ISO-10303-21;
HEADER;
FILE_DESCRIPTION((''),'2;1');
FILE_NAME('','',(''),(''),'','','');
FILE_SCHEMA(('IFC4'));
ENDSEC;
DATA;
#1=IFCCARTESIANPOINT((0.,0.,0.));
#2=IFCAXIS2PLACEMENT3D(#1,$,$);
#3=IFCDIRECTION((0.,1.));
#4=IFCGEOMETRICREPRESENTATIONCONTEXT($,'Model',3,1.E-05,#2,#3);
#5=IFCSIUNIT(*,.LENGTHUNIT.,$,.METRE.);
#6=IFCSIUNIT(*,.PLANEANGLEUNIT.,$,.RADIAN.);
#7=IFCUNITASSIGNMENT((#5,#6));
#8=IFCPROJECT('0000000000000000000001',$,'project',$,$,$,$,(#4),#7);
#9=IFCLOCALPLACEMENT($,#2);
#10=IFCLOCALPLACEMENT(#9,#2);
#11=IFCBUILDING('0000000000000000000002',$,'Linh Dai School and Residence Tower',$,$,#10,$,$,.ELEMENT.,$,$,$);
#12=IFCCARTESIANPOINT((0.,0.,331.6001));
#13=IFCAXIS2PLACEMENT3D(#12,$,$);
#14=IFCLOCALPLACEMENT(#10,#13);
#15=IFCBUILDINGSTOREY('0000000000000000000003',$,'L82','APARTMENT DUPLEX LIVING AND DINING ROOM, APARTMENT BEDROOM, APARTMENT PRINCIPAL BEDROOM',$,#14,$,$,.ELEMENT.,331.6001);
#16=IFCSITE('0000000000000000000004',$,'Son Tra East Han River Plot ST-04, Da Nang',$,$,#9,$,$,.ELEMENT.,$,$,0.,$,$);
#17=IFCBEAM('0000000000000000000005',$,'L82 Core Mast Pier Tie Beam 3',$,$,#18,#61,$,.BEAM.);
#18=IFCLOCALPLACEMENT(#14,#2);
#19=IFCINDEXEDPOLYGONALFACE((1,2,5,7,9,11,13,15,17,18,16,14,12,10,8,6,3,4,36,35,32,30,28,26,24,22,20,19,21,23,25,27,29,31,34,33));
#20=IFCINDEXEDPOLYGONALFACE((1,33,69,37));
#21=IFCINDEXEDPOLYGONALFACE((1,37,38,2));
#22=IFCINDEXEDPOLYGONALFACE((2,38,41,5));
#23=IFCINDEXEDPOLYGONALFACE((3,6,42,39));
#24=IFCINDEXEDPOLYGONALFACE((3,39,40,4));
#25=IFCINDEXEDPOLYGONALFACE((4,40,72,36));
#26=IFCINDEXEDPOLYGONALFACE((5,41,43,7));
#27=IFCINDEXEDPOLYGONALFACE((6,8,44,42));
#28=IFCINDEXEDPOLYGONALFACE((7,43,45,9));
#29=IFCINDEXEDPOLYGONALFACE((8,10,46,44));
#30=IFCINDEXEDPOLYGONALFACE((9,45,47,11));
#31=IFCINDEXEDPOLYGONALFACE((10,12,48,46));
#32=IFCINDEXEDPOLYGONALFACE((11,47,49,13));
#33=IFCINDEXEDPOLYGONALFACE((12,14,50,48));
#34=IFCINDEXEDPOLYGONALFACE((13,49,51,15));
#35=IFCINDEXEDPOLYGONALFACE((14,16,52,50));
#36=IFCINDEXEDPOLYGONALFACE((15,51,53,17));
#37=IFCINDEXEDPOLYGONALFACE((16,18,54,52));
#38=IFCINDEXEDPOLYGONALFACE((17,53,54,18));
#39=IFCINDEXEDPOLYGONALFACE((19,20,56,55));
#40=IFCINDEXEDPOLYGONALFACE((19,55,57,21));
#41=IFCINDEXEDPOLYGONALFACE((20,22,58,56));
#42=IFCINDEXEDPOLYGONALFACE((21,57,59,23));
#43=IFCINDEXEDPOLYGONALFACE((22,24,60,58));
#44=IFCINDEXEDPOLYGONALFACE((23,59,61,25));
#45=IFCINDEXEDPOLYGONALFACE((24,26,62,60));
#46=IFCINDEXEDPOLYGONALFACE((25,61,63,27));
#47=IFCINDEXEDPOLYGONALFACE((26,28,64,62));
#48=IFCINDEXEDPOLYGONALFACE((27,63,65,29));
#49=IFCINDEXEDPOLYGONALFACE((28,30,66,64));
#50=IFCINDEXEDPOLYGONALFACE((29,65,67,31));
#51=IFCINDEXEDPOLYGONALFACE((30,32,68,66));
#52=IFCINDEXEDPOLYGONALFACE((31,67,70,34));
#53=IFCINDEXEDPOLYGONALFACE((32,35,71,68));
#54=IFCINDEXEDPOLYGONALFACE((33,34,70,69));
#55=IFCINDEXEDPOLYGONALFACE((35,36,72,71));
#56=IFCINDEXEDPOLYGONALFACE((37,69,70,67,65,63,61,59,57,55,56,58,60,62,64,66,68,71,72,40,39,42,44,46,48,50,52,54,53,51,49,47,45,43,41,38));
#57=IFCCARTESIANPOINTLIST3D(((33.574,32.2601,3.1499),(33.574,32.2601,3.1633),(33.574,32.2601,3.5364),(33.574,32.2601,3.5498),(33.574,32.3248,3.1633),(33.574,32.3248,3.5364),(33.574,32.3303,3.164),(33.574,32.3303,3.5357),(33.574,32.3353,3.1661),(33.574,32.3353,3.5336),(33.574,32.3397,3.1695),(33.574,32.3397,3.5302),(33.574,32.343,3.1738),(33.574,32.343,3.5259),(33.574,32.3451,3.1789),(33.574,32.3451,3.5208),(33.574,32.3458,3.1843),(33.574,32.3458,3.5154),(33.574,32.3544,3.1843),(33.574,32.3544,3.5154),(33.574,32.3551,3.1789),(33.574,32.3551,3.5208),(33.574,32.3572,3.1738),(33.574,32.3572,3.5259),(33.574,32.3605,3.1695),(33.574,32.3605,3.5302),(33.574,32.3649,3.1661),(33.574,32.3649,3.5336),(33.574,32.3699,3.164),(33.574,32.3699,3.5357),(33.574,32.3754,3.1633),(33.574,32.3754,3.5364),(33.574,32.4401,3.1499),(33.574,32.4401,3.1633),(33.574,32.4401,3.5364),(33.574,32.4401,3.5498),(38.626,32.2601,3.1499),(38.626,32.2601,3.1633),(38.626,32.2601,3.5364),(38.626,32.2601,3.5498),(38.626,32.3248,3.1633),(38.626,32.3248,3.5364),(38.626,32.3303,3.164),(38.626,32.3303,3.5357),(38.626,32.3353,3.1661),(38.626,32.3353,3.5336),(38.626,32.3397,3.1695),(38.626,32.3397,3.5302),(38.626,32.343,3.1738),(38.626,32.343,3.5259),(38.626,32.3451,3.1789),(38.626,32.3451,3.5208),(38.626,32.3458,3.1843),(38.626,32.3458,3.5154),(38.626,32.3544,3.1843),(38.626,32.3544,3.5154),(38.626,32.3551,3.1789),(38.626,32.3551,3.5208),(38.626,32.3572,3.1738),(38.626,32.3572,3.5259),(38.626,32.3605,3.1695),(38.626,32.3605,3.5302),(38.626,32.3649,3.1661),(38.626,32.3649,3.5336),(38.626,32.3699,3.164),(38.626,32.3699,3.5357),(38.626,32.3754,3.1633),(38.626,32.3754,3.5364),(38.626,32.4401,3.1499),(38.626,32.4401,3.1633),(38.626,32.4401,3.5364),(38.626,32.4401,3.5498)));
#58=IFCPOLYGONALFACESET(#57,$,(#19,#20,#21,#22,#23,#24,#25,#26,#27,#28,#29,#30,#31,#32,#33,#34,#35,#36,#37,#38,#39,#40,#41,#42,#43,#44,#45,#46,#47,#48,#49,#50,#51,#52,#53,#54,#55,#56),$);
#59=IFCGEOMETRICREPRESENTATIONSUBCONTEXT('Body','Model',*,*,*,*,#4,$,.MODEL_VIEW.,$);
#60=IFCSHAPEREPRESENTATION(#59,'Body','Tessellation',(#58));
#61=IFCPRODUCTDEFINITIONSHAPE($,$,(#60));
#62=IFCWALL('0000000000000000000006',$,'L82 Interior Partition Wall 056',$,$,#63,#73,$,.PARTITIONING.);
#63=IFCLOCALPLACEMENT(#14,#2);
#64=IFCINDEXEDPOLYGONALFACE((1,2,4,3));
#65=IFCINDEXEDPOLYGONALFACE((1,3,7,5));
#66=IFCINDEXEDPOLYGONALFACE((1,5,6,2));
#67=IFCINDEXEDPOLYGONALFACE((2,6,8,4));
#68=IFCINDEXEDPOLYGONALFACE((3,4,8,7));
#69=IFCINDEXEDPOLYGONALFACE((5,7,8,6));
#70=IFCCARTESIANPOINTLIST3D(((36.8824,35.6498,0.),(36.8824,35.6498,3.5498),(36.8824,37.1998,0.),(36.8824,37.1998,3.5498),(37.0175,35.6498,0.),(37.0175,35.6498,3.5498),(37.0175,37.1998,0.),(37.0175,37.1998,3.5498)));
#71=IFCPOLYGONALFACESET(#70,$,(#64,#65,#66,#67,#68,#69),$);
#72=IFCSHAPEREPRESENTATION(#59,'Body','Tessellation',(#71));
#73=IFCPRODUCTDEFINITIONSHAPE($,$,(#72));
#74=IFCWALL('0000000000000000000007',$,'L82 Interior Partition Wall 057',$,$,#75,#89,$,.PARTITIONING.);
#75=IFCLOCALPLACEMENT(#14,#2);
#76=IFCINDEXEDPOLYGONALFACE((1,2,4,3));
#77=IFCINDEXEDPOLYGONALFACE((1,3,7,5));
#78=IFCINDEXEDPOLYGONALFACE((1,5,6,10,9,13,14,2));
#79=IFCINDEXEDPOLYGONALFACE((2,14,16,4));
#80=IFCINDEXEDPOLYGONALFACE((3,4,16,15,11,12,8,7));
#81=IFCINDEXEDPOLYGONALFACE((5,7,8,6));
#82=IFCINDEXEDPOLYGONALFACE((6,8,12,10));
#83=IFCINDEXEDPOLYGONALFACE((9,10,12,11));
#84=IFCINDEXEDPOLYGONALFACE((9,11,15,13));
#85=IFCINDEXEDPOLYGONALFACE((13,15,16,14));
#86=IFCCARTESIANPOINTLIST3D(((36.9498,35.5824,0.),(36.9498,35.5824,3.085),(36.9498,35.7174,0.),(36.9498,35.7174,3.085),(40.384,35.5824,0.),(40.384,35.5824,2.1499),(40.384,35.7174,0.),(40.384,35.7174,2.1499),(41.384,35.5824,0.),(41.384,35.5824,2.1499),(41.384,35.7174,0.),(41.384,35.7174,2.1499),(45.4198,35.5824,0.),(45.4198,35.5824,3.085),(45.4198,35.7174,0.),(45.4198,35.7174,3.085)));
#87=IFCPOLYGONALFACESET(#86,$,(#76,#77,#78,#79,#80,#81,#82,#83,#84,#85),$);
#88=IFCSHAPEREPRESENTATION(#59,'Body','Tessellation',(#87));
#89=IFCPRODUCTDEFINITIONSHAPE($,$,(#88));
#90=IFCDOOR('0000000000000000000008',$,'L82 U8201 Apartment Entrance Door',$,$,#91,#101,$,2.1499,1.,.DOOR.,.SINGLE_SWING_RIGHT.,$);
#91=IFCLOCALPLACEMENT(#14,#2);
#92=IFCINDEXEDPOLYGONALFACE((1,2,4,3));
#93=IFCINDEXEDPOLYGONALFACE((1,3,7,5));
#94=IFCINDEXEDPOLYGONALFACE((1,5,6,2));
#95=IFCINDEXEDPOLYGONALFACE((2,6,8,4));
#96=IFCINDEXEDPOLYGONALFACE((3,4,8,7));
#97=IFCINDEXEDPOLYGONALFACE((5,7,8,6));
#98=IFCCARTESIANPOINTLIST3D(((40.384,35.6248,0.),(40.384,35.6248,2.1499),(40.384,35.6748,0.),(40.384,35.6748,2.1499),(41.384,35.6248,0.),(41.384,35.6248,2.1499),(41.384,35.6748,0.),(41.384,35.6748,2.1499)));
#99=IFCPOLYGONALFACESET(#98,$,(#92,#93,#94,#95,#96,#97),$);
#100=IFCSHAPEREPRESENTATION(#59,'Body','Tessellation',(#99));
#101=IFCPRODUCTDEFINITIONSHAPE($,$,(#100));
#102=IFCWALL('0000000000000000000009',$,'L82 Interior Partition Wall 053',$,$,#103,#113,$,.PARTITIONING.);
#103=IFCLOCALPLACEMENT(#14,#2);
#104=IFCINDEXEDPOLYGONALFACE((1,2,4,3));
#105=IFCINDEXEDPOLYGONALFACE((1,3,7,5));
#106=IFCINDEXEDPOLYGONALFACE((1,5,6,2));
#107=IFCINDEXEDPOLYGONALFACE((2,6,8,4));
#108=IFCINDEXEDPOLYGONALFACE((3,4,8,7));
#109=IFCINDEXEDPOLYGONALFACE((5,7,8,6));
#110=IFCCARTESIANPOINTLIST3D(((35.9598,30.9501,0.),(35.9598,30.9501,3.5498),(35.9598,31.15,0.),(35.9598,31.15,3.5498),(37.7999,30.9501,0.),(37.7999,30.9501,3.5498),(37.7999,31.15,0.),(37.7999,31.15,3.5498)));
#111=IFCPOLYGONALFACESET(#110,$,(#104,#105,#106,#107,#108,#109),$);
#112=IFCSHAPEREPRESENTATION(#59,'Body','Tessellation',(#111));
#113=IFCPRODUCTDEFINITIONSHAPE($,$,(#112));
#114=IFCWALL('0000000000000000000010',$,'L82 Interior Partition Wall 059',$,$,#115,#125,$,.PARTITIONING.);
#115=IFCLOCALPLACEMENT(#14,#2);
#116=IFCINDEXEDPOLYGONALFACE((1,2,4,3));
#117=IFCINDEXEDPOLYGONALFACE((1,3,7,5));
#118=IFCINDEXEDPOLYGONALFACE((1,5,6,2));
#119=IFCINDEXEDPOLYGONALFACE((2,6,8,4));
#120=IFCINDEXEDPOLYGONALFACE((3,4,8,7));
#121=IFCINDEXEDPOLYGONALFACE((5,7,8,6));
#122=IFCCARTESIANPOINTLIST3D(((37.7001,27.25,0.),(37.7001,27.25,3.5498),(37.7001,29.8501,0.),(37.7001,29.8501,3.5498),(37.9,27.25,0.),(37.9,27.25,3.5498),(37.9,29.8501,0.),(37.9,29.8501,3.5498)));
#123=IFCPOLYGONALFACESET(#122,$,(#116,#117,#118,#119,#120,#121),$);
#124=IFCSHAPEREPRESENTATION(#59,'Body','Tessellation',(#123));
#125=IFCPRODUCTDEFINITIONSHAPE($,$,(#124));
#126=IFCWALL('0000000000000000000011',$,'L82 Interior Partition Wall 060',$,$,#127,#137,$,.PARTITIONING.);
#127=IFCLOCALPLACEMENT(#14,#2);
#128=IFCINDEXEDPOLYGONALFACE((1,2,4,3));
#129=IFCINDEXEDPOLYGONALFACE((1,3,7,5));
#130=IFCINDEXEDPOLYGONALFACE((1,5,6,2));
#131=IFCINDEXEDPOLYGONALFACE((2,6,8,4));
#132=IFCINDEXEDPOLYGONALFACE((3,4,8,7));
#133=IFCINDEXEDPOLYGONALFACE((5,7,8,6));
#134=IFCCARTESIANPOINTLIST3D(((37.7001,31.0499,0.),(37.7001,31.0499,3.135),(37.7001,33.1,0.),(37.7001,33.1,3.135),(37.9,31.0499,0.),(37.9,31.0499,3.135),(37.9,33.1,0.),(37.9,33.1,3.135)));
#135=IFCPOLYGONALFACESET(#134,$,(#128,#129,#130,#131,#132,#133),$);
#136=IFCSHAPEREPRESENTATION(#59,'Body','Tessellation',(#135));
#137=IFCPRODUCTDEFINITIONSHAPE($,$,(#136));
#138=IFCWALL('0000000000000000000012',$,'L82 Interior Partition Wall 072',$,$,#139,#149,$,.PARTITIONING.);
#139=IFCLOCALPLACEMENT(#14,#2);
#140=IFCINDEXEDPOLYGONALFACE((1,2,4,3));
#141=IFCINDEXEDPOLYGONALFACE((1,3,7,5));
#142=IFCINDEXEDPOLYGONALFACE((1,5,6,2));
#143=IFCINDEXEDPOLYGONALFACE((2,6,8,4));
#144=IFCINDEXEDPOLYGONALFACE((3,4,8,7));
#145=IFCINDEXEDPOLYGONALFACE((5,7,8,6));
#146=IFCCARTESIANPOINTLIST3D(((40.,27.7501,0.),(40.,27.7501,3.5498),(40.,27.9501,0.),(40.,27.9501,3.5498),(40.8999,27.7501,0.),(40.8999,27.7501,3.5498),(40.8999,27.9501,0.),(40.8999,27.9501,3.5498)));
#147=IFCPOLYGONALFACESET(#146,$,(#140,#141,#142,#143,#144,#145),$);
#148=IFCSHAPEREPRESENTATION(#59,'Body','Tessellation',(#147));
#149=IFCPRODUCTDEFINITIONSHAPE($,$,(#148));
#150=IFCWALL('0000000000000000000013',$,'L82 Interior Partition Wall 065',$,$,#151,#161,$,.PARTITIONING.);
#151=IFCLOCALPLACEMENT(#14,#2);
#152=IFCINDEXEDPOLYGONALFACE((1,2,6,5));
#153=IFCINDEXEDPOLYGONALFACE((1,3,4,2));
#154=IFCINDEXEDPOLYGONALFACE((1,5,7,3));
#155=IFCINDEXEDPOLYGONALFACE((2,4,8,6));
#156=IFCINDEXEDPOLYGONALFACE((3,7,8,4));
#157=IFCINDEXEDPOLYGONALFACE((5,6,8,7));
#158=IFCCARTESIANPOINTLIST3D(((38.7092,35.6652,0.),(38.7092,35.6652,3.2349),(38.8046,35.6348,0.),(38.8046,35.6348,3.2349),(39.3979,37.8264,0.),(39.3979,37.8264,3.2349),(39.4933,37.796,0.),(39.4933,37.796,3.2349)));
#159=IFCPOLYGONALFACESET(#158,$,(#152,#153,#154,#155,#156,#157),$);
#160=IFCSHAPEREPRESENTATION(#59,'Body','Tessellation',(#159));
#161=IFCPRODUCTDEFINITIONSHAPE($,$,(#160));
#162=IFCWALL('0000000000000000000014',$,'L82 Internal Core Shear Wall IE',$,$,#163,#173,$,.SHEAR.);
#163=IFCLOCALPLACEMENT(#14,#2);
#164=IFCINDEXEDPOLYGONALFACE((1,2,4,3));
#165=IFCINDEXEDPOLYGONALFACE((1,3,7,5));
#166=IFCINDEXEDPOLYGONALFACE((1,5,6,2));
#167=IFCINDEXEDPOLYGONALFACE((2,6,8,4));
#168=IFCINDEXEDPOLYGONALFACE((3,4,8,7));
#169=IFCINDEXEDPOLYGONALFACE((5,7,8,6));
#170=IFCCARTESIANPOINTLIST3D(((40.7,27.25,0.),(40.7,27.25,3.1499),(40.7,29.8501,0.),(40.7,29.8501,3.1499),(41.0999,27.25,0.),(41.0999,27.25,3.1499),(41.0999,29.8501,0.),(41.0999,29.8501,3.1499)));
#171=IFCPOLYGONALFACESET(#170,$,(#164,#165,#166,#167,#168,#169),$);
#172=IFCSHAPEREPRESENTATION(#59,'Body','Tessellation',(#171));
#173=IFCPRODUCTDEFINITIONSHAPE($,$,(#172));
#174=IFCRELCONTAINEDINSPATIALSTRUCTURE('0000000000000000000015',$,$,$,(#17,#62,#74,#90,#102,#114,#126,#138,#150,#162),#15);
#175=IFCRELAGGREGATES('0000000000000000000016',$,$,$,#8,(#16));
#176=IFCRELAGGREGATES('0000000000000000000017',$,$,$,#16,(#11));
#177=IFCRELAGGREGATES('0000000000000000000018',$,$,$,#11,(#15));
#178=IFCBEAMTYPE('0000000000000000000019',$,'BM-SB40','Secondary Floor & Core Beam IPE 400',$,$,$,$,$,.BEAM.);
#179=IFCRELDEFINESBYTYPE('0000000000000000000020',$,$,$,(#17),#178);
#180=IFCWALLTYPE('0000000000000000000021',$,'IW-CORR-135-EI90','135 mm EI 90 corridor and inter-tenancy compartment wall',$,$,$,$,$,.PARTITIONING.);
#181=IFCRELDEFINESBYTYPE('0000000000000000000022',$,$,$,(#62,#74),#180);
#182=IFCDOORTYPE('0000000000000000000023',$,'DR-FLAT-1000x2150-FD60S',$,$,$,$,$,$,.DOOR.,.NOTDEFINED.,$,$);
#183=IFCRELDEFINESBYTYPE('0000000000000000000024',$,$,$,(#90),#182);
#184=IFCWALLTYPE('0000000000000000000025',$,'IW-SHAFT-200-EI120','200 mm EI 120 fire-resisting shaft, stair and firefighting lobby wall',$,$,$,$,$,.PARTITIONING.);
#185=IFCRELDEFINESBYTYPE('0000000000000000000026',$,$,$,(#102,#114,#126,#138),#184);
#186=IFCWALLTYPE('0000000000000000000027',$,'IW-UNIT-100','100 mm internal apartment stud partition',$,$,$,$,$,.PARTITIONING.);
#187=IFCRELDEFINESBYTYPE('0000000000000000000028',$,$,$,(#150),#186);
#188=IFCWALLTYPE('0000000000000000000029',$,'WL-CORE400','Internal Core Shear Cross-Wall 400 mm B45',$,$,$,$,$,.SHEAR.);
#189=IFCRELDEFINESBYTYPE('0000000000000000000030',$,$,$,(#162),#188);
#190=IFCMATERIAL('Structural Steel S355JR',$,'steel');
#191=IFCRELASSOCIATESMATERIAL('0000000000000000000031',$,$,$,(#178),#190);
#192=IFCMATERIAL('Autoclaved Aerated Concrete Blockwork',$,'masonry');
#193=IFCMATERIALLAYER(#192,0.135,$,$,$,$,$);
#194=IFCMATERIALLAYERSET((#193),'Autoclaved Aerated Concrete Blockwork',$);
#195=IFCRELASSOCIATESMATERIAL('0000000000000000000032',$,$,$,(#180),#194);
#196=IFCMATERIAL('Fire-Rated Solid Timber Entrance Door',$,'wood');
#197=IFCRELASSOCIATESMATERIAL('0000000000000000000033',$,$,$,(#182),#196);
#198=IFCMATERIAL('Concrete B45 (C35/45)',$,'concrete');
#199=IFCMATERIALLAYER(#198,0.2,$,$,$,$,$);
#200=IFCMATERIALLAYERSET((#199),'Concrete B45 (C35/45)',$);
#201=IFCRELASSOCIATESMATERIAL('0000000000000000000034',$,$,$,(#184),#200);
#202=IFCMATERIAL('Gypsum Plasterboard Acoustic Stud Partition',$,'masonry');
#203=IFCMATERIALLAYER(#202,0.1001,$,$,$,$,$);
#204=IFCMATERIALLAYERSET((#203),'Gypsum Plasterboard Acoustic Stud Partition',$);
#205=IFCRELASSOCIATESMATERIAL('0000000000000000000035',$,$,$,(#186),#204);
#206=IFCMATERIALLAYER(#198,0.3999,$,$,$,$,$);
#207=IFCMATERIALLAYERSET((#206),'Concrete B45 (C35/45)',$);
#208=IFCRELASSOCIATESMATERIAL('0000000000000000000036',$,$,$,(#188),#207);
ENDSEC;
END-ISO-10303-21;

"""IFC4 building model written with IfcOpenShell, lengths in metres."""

from ifc_helpers import new_model, si_unit, direction, frame, frame_2d, origin, origin_2d, place, context, subcontext, project, spatial, rectangle, i_section, extrude, source, transform, mapped, material, layer, layer_set, material_profile, profile_set, type_object, element, fill, save


model = new_model("IFC4")

# Units and contexts
model_context = context("Model", 3, precision=1e-05, world=origin(), true_north=direction((0.0, 1.0)))
body_context = subcontext(model_context, "Body", "Model", "MODEL_VIEW")
ifc_project = project(units=[si_unit("LENGTHUNIT", "METRE"), si_unit("PLANEANGLEUNIT", "RADIAN")], contexts=[model_context])

# Site, building, storey
site_placement = place(None, origin())
site = spatial("IfcSite", under=ifc_project, at=site_placement, Name="Son Tra East Han River Plot ST-04, Da Nang", CompositionType="ELEMENT", RefElevation=0.0)
building_placement = place(site_placement, origin())
building = spatial("IfcBuilding", under=site, at=building_placement, Name="Linh Dai School and Residence Tower", CompositionType="ELEMENT")
storey_placement = place(building_placement, frame((0.0, 0.0, 331.6001)))
storey = spatial("IfcBuildingStorey", under=building, at=storey_placement, Name="L82", Description="APARTMENT DUPLEX LIVING AND DINING ROOM, APARTMENT BEDROOM, APARTMENT PRINCIPAL BEDROOM", CompositionType="ELEMENT", Elevation=331.6001)

# Shared definitions
ifc_material_1 = material(Name="Structural Steel S355JR", Category="steel")

# Beam
ifc_material_profile_1 = material_profile(ifc_material_1, i_section(OverallWidth=0.1799, OverallDepth=0.3999, WebThickness=0.0085, FlangeThickness=0.0134, FilletRadius=0.021, at=origin_2d()), Name="IPE 400")
ifc_profile_set_1 = profile_set([ifc_material_profile_1], Name="Structural Steel S355JR")
beam_type_1 = type_object("IfcBeamType", Name="BM-SB40", Description="Secondary Floor & Core Beam IPE 400", PredefinedType="BEAM", material=ifc_profile_set_1)
beam_1_placement = place(storey_placement, frame((38.626, 32.3501, 3.3499), z_axis=(-1.0, 0.0, 0.0), x_axis=(0.0, -1.0, 0.0)))
element("IfcBeam", 1, at=beam_1_placement, inside=storey, type_object=beam_type_1, Name="L82 Core Mast Pier Tie Beam 3", PredefinedType="BEAM", context=body_context, shape_type="SweptSolid", body=[
    extrude(i_section(OverallWidth=0.1799, OverallDepth=0.3999, WebThickness=0.0085, FlangeThickness=0.0134, FilletRadius=0.021, at=origin_2d()), origin(), (0.0, 0.0, 1.0), 5.052),
])

# Wall
ifc_material_2 = material(Name="Autoclaved Aerated Concrete Blockwork", Category="masonry")
ifc_layer_1 = layer(ifc_material_2, 0.135)
ifc_layer_set_1 = layer_set([ifc_layer_1], Name="Autoclaved Aerated Concrete Blockwork")
wall_type_1 = type_object("IfcWallType", Name="IW-CORR-135-EI90", Description="135 mm EI 90 corridor and inter-tenancy compartment wall", PredefinedType="PARTITIONING", material=ifc_layer_set_1)
wall_1_placement = place(storey_placement, frame((36.95, 35.6499, 0.0), z_axis=(0.0, 0.0, 1.0), x_axis=(0.0, 1.0, 0.0)))
element("IfcWall", 2, at=wall_1_placement, inside=storey, type_object=wall_type_1, Name="L82 Interior Partition Wall 056", PredefinedType="PARTITIONING", context=body_context, shape_type="SweptSolid", body=[
    extrude(rectangle(XDim=1.55, YDim=0.135, at=frame_2d((0.7749, 0.0))), origin(), (0.0, 0.0, 1.0), 3.5498),
])

# Wall, opening, door
wall_2_placement = place(storey_placement, frame((36.95, 35.6499, 0.0), z_axis=(0.0, 0.0, 1.0), x_axis=(1.0, 0.0, 0.0)))
wall_2 = element("IfcWall", 3, at=wall_2_placement, inside=storey, type_object=wall_type_1, Name="L82 Interior Partition Wall 057", PredefinedType="PARTITIONING", context=body_context, shape_type="SweptSolid", body=[
    extrude(rectangle(XDim=8.47, YDim=0.135, at=frame_2d((4.2349, 0.0))), origin(), (0.0, 0.0, 1.0), 3.085),
])
opening_placement = place(wall_2_placement, frame((3.4341, 0.0, 0.0)))
opening = element("IfcOpeningElement", 4, at=opening_placement, cuts=wall_2, PredefinedType="OPENING", context=body_context, shape_type="SweptSolid", body=[
    extrude(rectangle(XDim=1.0, YDim=2.1499, at=origin_2d()), frame((0.5, 0.0776, 1.075), z_axis=(0.0, -1.0, 0.0), x_axis=(1.0, 0.0, 0.0)), (0.0, 0.0, 1.0), 0.155),
])
ifc_material_3 = material(Name="Fire-Rated Solid Timber Entrance Door", Category="wood")
door_type = type_object("IfcDoorType", Name="DR-FLAT-1000x2150-FD60S", OperationType="NOTDEFINED", PredefinedType="DOOR", material=ifc_material_3)
shared_shape_1 = source(origin(), body_context, "Body", "SweptSolid", [
    extrude(rectangle(XDim=1.0, YDim=2.1499, at=origin_2d()), frame((0.5, 0.0249, 1.075), z_axis=(0.0, -1.0, 0.0), x_axis=(1.0, 0.0, 0.0)), (0.0, 0.0, 1.0), 0.05),
])
door_placement = place(opening_placement, origin())
door = element("IfcDoor", 5, at=door_placement, inside=storey, type_object=door_type, Name="L82 U8201 Apartment Entrance Door", OperationType="SINGLE_SWING_RIGHT", OverallHeight=2.1499, OverallWidth=1.0, PredefinedType="DOOR", context=body_context, shape_type="MappedRepresentation", body=[
    mapped(shared_shape_1, transform((0.0, 0.0, 0.0), x_axis=(1.0, 0.0, 0.0), y_axis=(0.0, 1.0, 0.0), z_axis=(0.0, 0.0, 1.0), scale=1.0)),
])
fill(opening, door)

# Walls
ifc_material_4 = material(Name="Concrete B45 (C35/45)", Category="concrete")
ifc_layer_2 = layer(ifc_material_4, 0.2)
ifc_layer_set_2 = layer_set([ifc_layer_2], Name="Concrete B45 (C35/45)")
wall_type_2 = type_object("IfcWallType", Name="IW-SHAFT-200-EI120", Description="200 mm EI 120 fire-resisting shaft, stair and firefighting lobby wall", PredefinedType="PARTITIONING", material=ifc_layer_set_2)
wall_3_placement = place(storey_placement, frame((35.96, 31.05, 0.0), z_axis=(0.0, 0.0, 1.0), x_axis=(1.0, 0.0, 0.0)))
element("IfcWall", 6, at=wall_3_placement, inside=storey, type_object=wall_type_2, Name="L82 Interior Partition Wall 053", PredefinedType="PARTITIONING", context=body_context, shape_type="SweptSolid", body=[
    extrude(rectangle(XDim=1.8401, YDim=0.2, at=frame_2d((0.9199, 0.0))), origin(), (0.0, 0.0, 1.0), 3.5498),
])
wall_4_placement = place(storey_placement, frame((37.8, 27.25, 0.0), z_axis=(0.0, 0.0, 1.0), x_axis=(0.0, 1.0, 0.0)))
element("IfcWall", 7, at=wall_4_placement, inside=storey, type_object=wall_type_2, Name="L82 Interior Partition Wall 059", PredefinedType="PARTITIONING", context=body_context, shape_type="SweptSolid", body=[
    extrude(rectangle(XDim=2.6001, YDim=0.2, at=frame_2d((1.3, 0.0))), origin(), (0.0, 0.0, 1.0), 3.5498),
])
wall_5_placement = place(storey_placement, frame((37.8, 31.05, 0.0), z_axis=(0.0, 0.0, 1.0), x_axis=(0.0, 1.0, 0.0)))
element("IfcWall", 8, at=wall_5_placement, inside=storey, type_object=wall_type_2, Name="L82 Interior Partition Wall 060", PredefinedType="PARTITIONING", context=body_context, shape_type="SweptSolid", body=[
    extrude(rectangle(XDim=2.05, YDim=0.2, at=frame_2d((1.0249, 0.0))), origin(), (0.0, 0.0, 1.0), 3.135),
])
wall_6_placement = place(storey_placement, frame((40.0, 27.8501, 0.0), z_axis=(0.0, 0.0, 1.0), x_axis=(1.0, 0.0, 0.0)))
element("IfcWall", 9, at=wall_6_placement, inside=storey, type_object=wall_type_2, Name="L82 Interior Partition Wall 072", PredefinedType="PARTITIONING", context=body_context, shape_type="SweptSolid", body=[
    extrude(rectangle(XDim=0.8999, YDim=0.2, at=frame_2d((0.45, 0.0))), origin(), (0.0, 0.0, 1.0), 3.5498),
])
ifc_material_5 = material(Name="Gypsum Plasterboard Acoustic Stud Partition", Category="masonry")
ifc_layer_3 = layer(ifc_material_5, 0.1001)
ifc_layer_set_3 = layer_set([ifc_layer_3], Name="Gypsum Plasterboard Acoustic Stud Partition")
wall_type_3 = type_object("IfcWallType", Name="IW-UNIT-100", Description="100 mm internal apartment stud partition", PredefinedType="PARTITIONING", material=ifc_layer_set_3)
wall_7_placement = place(storey_placement, frame((38.7568, 35.6499, 0.0), z_axis=(0.0, 0.0, 1.0), x_axis=(0.303639, 0.952787, 0.0)))
element("IfcWall", 10, at=wall_7_placement, inside=storey, type_object=wall_type_3, Name="L82 Interior Partition Wall 065", PredefinedType="PARTITIONING", context=body_context, shape_type="SweptSolid", body=[
    extrude(rectangle(XDim=2.2683, YDim=0.1001, at=frame_2d((1.1343, 0.0))), origin(), (0.0, 0.0, 1.0), 3.2349),
])
ifc_layer_4 = layer(ifc_material_4, 0.3999)
ifc_layer_set_4 = layer_set([ifc_layer_4], Name="Concrete B45 (C35/45)")
wall_type_4 = type_object("IfcWallType", Name="WL-CORE400", Description="Internal Core Shear Cross-Wall 400 mm B45", PredefinedType="SHEAR", material=ifc_layer_set_4)
wall_8_placement = place(storey_placement, frame((40.8999, 27.25, 0.0), z_axis=(0.0, 0.0, 1.0), x_axis=(0.0, 1.0, 0.0)))
element("IfcWall", 11, at=wall_8_placement, inside=storey, type_object=wall_type_4, Name="L82 Internal Core Shear Wall IE", PredefinedType="SHEAR", context=body_context, shape_type="SweptSolid", body=[
    extrude(rectangle(XDim=2.6001, YDim=0.3999, at=frame_2d((1.3, 0.0))), origin(), (0.0, 0.0, 1.0), 3.1499),
])

save(model, "model.ifc")
